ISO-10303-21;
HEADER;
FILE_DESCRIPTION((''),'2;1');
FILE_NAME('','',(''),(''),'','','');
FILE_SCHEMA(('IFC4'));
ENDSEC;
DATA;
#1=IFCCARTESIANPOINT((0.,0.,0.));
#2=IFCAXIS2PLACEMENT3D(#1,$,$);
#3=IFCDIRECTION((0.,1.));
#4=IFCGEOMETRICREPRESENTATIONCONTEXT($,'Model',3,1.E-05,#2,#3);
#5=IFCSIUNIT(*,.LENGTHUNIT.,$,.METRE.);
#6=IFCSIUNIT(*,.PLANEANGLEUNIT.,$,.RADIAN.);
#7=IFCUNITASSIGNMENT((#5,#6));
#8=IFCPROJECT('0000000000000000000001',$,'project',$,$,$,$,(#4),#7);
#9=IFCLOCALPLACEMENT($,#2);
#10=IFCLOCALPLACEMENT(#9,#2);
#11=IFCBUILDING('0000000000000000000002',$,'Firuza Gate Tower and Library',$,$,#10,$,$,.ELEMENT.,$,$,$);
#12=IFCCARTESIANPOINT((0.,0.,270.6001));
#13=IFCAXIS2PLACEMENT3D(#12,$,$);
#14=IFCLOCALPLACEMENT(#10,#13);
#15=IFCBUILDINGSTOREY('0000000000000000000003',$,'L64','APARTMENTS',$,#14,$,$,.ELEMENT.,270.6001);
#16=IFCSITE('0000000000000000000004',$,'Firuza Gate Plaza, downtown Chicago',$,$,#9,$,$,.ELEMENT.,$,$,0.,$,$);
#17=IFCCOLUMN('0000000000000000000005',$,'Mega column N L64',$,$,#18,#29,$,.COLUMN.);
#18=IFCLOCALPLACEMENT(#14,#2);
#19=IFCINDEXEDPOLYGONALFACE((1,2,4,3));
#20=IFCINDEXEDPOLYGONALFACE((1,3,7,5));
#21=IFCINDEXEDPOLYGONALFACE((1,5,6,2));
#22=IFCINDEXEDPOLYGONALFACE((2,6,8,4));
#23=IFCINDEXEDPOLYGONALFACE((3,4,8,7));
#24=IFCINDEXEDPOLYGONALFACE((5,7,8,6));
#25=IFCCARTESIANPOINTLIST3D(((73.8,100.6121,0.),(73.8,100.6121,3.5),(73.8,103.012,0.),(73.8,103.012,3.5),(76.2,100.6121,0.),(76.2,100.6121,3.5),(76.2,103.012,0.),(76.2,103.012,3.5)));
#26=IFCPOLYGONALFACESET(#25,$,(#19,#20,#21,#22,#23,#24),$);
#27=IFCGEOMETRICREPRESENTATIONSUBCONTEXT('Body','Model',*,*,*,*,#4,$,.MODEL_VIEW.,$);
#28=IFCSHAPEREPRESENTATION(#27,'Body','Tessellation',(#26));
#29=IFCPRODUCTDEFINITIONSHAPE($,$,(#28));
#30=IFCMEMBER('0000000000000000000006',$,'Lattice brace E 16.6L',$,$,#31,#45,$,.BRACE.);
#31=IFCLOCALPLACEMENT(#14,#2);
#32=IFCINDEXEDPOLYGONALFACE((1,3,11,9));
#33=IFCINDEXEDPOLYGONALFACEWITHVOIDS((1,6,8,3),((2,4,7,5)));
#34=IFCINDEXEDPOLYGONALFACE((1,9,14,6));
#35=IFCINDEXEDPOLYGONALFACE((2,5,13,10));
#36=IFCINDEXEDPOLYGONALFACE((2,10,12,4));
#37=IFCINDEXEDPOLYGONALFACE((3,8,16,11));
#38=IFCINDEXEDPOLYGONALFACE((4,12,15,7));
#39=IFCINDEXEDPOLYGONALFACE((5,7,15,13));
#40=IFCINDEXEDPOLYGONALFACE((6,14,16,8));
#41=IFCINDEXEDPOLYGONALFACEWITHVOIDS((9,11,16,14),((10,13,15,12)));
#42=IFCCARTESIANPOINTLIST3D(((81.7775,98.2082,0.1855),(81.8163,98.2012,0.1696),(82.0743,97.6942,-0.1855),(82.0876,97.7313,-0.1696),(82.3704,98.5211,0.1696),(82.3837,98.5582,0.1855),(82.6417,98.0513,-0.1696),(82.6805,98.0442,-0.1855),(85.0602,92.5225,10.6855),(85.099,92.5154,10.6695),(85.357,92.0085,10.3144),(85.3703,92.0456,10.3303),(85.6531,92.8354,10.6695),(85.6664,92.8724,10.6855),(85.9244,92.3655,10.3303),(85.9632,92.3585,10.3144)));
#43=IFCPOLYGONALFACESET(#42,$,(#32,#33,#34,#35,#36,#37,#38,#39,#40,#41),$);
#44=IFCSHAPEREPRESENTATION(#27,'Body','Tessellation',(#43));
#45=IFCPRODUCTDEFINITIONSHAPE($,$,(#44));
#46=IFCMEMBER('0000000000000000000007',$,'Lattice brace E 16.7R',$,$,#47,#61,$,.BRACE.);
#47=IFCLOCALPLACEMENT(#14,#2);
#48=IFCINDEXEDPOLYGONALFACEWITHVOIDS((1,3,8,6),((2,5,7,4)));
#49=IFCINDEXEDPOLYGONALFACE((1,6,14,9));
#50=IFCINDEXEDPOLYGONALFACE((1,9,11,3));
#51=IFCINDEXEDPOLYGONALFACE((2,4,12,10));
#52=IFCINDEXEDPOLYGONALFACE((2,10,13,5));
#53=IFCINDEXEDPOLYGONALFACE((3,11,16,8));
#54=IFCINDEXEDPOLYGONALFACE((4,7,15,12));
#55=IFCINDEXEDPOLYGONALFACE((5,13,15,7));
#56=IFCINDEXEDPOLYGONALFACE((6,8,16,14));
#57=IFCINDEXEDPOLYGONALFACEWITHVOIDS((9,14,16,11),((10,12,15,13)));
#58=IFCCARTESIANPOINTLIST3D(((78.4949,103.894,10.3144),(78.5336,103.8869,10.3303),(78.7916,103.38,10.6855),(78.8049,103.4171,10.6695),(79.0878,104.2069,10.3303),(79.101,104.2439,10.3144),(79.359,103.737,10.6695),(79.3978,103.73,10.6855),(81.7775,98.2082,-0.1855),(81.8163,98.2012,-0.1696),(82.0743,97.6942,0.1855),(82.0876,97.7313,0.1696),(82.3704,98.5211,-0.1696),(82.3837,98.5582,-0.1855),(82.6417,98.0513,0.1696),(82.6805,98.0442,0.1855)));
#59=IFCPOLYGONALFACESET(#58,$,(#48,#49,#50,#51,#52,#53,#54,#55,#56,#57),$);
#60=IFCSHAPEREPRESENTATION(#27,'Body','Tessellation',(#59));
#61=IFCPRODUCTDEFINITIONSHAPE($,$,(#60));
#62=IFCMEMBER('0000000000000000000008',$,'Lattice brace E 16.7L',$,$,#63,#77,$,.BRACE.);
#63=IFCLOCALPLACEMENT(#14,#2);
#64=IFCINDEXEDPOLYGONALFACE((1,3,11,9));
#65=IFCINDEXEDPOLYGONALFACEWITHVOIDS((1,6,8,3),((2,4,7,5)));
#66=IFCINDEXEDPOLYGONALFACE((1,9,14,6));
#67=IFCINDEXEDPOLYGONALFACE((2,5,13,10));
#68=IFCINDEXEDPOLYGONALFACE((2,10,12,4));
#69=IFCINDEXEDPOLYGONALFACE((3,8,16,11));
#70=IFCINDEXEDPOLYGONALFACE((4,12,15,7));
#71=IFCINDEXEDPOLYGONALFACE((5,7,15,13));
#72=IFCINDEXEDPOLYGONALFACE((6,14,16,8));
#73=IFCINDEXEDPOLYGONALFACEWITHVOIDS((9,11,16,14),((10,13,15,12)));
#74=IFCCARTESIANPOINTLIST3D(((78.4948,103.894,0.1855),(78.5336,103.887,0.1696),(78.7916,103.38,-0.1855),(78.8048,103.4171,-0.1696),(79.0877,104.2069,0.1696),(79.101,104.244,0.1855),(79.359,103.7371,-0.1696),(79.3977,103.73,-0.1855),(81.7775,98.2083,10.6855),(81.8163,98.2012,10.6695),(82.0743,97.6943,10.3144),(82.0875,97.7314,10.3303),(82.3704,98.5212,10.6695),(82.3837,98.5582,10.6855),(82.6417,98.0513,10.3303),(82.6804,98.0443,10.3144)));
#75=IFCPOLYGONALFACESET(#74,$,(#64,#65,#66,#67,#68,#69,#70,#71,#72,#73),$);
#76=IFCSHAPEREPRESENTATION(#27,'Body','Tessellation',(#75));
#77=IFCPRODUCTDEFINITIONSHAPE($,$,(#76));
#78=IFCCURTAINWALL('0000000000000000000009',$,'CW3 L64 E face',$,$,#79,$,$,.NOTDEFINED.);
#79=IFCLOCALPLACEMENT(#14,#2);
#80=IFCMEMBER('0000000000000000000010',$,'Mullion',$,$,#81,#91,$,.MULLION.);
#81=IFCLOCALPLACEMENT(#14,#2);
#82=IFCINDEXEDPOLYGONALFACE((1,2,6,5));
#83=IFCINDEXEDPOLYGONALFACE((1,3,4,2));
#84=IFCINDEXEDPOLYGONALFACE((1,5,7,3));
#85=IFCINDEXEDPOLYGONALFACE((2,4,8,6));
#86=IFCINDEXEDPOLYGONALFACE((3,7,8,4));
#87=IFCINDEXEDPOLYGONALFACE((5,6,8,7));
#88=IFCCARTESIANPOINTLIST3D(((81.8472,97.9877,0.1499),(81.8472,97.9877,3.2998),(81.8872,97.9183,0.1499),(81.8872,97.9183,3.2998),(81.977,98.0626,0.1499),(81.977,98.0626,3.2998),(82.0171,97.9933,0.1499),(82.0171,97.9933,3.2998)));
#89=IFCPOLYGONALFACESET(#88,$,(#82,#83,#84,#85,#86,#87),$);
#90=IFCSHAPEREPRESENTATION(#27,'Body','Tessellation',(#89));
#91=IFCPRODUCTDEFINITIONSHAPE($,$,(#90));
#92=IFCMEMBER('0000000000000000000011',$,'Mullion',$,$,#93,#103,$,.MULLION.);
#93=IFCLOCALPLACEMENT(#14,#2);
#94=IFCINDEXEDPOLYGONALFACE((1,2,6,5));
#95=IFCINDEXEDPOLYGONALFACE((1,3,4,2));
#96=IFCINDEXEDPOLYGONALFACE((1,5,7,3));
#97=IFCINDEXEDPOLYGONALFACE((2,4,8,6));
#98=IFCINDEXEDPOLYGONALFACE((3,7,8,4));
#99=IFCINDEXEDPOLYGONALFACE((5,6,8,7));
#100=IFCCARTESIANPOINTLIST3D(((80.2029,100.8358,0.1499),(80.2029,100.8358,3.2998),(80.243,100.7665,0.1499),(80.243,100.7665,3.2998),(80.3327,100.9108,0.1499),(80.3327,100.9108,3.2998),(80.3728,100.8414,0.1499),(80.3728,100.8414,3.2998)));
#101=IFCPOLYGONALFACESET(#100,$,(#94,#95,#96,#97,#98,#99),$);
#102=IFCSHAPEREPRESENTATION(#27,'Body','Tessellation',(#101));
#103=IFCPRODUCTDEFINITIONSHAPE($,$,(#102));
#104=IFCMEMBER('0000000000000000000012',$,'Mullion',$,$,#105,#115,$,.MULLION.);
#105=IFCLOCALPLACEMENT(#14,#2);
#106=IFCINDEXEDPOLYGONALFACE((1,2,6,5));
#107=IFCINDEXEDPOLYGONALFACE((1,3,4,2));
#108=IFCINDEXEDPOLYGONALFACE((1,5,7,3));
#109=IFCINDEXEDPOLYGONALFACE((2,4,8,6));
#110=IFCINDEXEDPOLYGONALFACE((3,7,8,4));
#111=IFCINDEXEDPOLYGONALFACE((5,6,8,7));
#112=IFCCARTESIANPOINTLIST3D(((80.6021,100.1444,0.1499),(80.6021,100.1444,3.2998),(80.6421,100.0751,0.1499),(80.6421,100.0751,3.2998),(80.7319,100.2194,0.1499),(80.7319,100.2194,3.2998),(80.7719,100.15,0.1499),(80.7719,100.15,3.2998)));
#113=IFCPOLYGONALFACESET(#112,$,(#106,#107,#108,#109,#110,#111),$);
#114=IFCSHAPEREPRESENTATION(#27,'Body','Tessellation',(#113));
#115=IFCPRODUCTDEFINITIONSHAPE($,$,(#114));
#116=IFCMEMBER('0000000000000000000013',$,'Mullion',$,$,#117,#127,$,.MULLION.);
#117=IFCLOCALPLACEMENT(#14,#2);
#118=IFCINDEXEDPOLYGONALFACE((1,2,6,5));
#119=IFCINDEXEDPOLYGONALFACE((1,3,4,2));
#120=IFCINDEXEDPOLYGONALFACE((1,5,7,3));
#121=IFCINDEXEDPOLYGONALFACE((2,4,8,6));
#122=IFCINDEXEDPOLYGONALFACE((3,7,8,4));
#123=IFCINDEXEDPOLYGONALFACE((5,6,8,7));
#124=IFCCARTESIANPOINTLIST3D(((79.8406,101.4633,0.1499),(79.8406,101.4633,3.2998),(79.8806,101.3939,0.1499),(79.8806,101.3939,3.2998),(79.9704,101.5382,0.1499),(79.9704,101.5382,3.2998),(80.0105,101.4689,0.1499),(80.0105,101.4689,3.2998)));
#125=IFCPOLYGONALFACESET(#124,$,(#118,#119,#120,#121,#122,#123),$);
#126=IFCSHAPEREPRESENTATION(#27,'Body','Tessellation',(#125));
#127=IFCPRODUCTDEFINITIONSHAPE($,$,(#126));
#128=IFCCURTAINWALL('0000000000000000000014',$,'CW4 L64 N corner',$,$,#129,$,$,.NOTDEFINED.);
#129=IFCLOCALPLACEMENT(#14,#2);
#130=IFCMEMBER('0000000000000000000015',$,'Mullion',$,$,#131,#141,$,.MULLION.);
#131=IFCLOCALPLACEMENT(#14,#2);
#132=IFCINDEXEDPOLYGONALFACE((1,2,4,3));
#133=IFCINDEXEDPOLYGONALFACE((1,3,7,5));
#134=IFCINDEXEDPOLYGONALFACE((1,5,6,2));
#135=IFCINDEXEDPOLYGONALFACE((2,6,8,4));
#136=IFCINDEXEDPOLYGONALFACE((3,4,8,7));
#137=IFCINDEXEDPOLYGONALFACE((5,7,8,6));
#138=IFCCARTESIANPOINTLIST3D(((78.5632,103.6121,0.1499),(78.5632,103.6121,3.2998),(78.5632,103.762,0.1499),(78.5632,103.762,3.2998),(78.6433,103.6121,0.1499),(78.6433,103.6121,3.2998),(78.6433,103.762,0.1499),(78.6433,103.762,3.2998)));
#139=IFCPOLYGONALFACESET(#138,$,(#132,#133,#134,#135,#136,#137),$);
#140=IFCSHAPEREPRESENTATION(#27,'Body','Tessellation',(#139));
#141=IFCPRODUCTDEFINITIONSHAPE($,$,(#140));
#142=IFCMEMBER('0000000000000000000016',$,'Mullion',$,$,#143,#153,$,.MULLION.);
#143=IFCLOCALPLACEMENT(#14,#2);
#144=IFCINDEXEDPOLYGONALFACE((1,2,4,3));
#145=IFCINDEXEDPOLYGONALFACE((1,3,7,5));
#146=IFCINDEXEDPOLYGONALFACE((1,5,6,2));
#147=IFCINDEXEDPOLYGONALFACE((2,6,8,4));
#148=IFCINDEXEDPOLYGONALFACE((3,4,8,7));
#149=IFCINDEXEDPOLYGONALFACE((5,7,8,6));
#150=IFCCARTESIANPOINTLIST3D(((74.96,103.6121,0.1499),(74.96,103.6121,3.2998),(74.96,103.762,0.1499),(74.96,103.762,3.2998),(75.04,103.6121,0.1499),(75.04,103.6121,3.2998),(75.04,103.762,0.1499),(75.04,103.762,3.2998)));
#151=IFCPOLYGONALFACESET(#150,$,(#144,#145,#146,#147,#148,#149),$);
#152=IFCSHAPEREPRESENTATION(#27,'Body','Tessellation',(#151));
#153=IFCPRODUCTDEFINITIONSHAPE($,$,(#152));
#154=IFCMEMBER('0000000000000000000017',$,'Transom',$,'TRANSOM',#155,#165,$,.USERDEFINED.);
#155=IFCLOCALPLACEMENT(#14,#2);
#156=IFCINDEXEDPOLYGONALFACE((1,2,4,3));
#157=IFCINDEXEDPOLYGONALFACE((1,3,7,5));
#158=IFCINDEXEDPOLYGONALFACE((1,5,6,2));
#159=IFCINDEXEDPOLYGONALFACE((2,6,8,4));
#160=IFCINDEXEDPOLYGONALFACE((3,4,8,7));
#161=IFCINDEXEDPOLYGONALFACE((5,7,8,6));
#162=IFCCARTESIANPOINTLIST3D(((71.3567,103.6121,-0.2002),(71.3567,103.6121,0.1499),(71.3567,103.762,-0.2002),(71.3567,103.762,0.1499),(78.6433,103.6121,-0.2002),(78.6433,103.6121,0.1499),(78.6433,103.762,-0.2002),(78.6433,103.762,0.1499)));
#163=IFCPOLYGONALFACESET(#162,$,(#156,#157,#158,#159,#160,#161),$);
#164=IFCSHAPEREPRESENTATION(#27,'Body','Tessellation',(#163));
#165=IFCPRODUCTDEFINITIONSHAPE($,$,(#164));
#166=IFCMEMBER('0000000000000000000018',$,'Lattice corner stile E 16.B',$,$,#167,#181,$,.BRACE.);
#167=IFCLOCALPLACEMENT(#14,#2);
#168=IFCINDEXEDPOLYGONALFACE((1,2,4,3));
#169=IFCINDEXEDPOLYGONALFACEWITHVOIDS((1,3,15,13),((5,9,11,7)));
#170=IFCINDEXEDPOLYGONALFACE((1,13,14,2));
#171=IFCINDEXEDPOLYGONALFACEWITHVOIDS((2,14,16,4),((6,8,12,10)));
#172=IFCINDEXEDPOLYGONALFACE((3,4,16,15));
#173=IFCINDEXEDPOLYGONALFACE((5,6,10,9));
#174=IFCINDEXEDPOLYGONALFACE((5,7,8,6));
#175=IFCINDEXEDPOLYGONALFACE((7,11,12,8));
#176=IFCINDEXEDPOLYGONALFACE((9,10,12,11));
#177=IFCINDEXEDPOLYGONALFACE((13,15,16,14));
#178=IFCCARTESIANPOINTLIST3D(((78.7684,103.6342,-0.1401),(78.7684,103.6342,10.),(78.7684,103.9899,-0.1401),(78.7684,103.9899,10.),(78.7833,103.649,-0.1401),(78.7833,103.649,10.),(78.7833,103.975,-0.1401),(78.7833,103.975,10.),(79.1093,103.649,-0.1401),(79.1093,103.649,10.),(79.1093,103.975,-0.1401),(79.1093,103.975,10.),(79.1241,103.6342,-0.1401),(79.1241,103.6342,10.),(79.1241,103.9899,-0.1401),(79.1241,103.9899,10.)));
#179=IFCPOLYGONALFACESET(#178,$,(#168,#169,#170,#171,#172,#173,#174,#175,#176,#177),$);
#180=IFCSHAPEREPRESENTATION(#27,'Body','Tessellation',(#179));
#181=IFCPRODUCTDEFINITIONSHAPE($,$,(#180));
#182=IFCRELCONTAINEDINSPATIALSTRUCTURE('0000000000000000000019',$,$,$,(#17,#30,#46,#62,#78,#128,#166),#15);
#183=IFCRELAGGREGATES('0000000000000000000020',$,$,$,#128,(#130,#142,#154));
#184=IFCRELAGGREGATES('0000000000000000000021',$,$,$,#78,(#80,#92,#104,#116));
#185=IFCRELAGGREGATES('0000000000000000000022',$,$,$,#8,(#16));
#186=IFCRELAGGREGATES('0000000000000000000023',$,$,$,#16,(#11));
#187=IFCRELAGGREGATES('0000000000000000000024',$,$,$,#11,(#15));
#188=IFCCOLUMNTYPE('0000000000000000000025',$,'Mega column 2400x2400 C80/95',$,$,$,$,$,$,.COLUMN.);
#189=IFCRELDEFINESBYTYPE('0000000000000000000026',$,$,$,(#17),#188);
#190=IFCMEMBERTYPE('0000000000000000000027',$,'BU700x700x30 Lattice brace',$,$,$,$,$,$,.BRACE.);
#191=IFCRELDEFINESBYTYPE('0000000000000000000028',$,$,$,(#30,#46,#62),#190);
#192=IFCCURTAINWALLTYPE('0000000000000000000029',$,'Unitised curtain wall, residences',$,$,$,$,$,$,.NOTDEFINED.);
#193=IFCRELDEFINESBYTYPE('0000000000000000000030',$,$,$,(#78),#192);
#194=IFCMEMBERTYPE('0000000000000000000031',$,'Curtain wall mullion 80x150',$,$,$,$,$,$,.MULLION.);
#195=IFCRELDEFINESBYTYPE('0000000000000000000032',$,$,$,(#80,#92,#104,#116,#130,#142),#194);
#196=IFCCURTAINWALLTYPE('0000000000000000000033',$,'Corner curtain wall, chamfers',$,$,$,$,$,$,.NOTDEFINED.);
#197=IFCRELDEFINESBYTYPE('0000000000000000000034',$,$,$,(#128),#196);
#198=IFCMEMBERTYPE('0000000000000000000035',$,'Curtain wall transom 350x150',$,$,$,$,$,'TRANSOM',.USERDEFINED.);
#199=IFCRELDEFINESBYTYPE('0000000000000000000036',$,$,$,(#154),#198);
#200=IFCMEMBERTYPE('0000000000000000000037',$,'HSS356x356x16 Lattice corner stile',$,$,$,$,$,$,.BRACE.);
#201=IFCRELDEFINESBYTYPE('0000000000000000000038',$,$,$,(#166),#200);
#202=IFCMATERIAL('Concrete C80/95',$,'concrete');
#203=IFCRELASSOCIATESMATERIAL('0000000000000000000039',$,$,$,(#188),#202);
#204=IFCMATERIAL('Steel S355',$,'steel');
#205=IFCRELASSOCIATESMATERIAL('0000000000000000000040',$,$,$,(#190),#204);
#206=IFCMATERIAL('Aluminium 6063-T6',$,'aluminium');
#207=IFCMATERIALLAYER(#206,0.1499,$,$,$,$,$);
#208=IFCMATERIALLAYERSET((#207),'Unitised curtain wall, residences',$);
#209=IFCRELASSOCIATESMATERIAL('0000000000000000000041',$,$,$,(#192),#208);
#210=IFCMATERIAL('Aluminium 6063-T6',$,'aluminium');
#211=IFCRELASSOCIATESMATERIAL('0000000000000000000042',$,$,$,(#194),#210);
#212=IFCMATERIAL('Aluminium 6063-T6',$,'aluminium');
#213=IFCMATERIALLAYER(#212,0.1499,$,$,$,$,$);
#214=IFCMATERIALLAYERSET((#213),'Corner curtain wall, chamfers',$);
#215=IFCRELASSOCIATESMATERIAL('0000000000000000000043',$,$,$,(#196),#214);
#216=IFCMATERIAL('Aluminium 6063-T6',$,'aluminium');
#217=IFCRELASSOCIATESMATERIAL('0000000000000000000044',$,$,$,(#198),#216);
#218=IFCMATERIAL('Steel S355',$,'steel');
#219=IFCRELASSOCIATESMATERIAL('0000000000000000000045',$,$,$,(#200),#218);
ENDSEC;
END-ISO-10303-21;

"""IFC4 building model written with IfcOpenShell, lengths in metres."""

from ifc_helpers import new_model, si_unit, direction, frame, origin, origin_2d, place, context, subcontext, project, spatial, rectangle, hollow_rectangle, extrude, material, layer, layer_set, material_profile, profile_set, type_object, element, aggregate, save


model = new_model("IFC4")

# Units and contexts
model_context = context("Model", 3, precision=1e-05, world=origin(), true_north=direction((0.0, 1.0)))
body_context = subcontext(model_context, "Body", "Model", "MODEL_VIEW")
ifc_project = project(units=[si_unit("LENGTHUNIT", "METRE"), si_unit("PLANEANGLEUNIT", "RADIAN")], contexts=[model_context])

# Site, building, storey
site_placement = place(None, origin())
site = spatial("IfcSite", under=ifc_project, at=site_placement, Name="Firuza Gate Plaza, downtown Chicago", CompositionType="ELEMENT", RefElevation=0.0)
building_placement = place(site_placement, origin())
building = spatial("IfcBuilding", under=site, at=building_placement, Name="Firuza Gate Tower and Library", CompositionType="ELEMENT")
storey_placement = place(building_placement, frame((0.0, 0.0, 270.6001)))
storey = spatial("IfcBuildingStorey", under=building, at=storey_placement, Name="L64", Description="APARTMENTS", CompositionType="ELEMENT", Elevation=270.6001)

# Column
ifc_material_1 = material(Name="Concrete C80/95", Category="concrete")
ifc_material_profile_1 = material_profile(ifc_material_1, rectangle(XDim=2.3999, YDim=2.3999, at=origin_2d()))
ifc_profile_set_1 = profile_set([ifc_material_profile_1], Name="Concrete C80/95")
column_type = type_object("IfcColumnType", Name="Mega column 2400x2400 C80/95", PredefinedType="COLUMN", material=ifc_profile_set_1)
column_placement = place(storey_placement, frame((75.0, 101.812, 0.0), z_axis=(0.0, 0.0, 1.0), x_axis=(-1.0, 0.0, 0.0)))
element("IfcColumn", 1, at=column_placement, inside=storey, type_object=column_type, Name="Mega column N L64", PredefinedType="COLUMN", context=body_context, shape_type="SweptSolid", body=[
    extrude(rectangle(XDim=2.3999, YDim=2.3999, at=origin_2d()), origin(), (0.0, 0.0, 1.0), 3.5),
])

# Members
ifc_material_2 = material(Name="Steel S355", Category="steel")
ifc_material_profile_2 = material_profile(ifc_material_2, hollow_rectangle(XDim=0.7, YDim=0.7, WallThickness=0.03, at=origin_2d()))
ifc_profile_set_2 = profile_set([ifc_material_profile_2], Name="Steel S355")
member_type_1 = type_object("IfcMemberType", Name="BU700x700x30 Lattice brace", PredefinedType="BRACE", material=ifc_profile_set_2)
for number, where, z_axis, x_axis, name in (
    (2, (82.229, 98.1262, 0.0), (0.265085, -0.459137, 0.847893), (0.866024, 0.500002, 0.0), "Lattice brace E 16.6L"),
    (3, (82.229, 98.1262, 0.0), (-0.265085, 0.459137, 0.847893), (-0.866024, -0.500002, 0.0), "Lattice brace E 16.7R"),
    (4, (78.9463, 103.812, 0.0), (0.265085, -0.459137, 0.847893), (0.866024, 0.500002, 0.0), "Lattice brace E 16.7L"),
):
    element("IfcMember", number, at=place(storey_placement, frame(where, z_axis=z_axis, x_axis=x_axis)), inside=storey, type_object=member_type_1, Name=name, PredefinedType="BRACE", context=body_context, shape_type="SweptSolid", body=[
        extrude(hollow_rectangle(XDim=0.7, YDim=0.7, WallThickness=0.03, at=origin_2d()), origin(), (0.0, 0.0, 1.0), 12.3835),
    ])

# Curtain walls, members
ifc_material_3 = material(Name="Aluminium 6063-T6", Category="aluminium")
ifc_layer_1 = layer(ifc_material_3, 0.1499)
ifc_layer_set_1 = layer_set([ifc_layer_1], Name="Unitised curtain wall, residences")
curtain_wall_type_1 = type_object("IfcCurtainWallType", Name="Unitised curtain wall, residences", PredefinedType="NOTDEFINED", material=ifc_layer_set_1)
placement = place(storey_placement, origin())
curtain_wall_1 = element("IfcCurtainWall", 5, at=placement, inside=storey, type_object=curtain_wall_type_1, Name="CW3 L64 E face", PredefinedType="NOTDEFINED")
ifc_material_4 = material(Name="Aluminium 6063-T6", Category="aluminium")
ifc_material_profile_3 = material_profile(ifc_material_4, rectangle(XDim=0.1499, YDim=0.0801, at=origin_2d()))
ifc_profile_set_3 = profile_set([ifc_material_profile_3], Name="Aluminium 6063-T6")
member_type_2 = type_object("IfcMemberType", Name="Curtain wall mullion 80x150", PredefinedType="MULLION", material=ifc_profile_set_3)
member_1_placement = place(storey_placement, frame((81.9321, 97.9905, 0.1499), z_axis=(0.0, 0.0, 1.0), x_axis=(-0.866025, -0.5, 0.0)))
member_1 = element("IfcMember", 6, at=member_1_placement, type_object=member_type_2, Name="Mullion", PredefinedType="MULLION", context=body_context, shape_type="SweptSolid", body=[
    extrude(rectangle(XDim=0.1499, YDim=0.0801, at=origin_2d()), origin(), (0.0, 0.0, 1.0), 3.1499),
])
member_2_placement = place(storey_placement, frame((80.2878, 100.8386, 0.1499), z_axis=(0.0, 0.0, 1.0), x_axis=(-0.866025, -0.5, 0.0)))
member_2 = element("IfcMember", 7, at=member_2_placement, type_object=member_type_2, Name="Mullion", PredefinedType="MULLION", context=body_context, shape_type="SweptSolid", body=[
    extrude(rectangle(XDim=0.1499, YDim=0.0801, at=origin_2d()), origin(), (0.0, 0.0, 1.0), 3.1499),
])
member_3_placement = place(storey_placement, frame((80.687, 100.1472, 0.1499), z_axis=(0.0, 0.0, 1.0), x_axis=(-0.866025, -0.5, 0.0)))
member_3 = element("IfcMember", 8, at=member_3_placement, type_object=member_type_2, Name="Mullion", PredefinedType="MULLION", context=body_context, shape_type="SweptSolid", body=[
    extrude(rectangle(XDim=0.1499, YDim=0.0801, at=origin_2d()), origin(), (0.0, 0.0, 1.0), 3.1499),
])
member_4_placement = place(storey_placement, frame((79.9255, 101.4661, 0.1499), z_axis=(0.0, 0.0, 1.0), x_axis=(-0.866025, -0.5, 0.0)))
member_4 = element("IfcMember", 9, at=member_4_placement, type_object=member_type_2, Name="Mullion", PredefinedType="MULLION", context=body_context, shape_type="SweptSolid", body=[
    extrude(rectangle(XDim=0.1499, YDim=0.0801, at=origin_2d()), origin(), (0.0, 0.0, 1.0), 3.1499),
])
ifc_material_5 = material(Name="Aluminium 6063-T6", Category="aluminium")
ifc_layer_2 = layer(ifc_material_5, 0.1499)
ifc_layer_set_2 = layer_set([ifc_layer_2], Name="Corner curtain wall, chamfers")
curtain_wall_type_2 = type_object("IfcCurtainWallType", Name="Corner curtain wall, chamfers", PredefinedType="NOTDEFINED", material=ifc_layer_set_2)
curtain_wall_2 = element("IfcCurtainWall", 10, at=placement, inside=storey, type_object=curtain_wall_type_2, Name="CW4 L64 N corner", PredefinedType="NOTDEFINED")
member_5_placement = place(storey_placement, frame((78.6033, 103.687, 0.1499), z_axis=(0.0, 0.0, 1.0), x_axis=(0.0, -1.0, 0.0)))
member_5 = element("IfcMember", 11, at=member_5_placement, type_object=member_type_2, Name="Mullion", PredefinedType="MULLION", context=body_context, shape_type="SweptSolid", body=[
    extrude(rectangle(XDim=0.1499, YDim=0.0801, at=origin_2d()), origin(), (0.0, 0.0, 1.0), 3.1499),
])
member_6_placement = place(storey_placement, frame((75.0, 103.687, 0.1499), z_axis=(0.0, 0.0, 1.0), x_axis=(0.0, -1.0, 0.0)))
member_6 = element("IfcMember", 12, at=member_6_placement, type_object=member_type_2, Name="Mullion", PredefinedType="MULLION", context=body_context, shape_type="SweptSolid", body=[
    extrude(rectangle(XDim=0.1499, YDim=0.0801, at=origin_2d()), origin(), (0.0, 0.0, 1.0), 3.1499),
])
ifc_material_6 = material(Name="Aluminium 6063-T6", Category="aluminium")
ifc_material_profile_4 = material_profile(ifc_material_6, rectangle(XDim=0.1499, YDim=0.3501, at=origin_2d()))
ifc_profile_set_4 = profile_set([ifc_material_profile_4], Name="Aluminium 6063-T6")
member_type_3 = type_object("IfcMemberType", Name="Curtain wall transom 350x150", ElementType="TRANSOM", PredefinedType="USERDEFINED", material=ifc_profile_set_4)
member_7_placement = place(storey_placement, frame((78.6433, 103.687, -0.0251), z_axis=(-1.0, 0.0, 0.0), x_axis=(0.0, -1.0, 0.0)))
member_7 = element("IfcMember", 13, at=member_7_placement, type_object=member_type_3, Name="Transom", ObjectType="TRANSOM", PredefinedType="USERDEFINED", context=body_context, shape_type="SweptSolid", body=[
    extrude(rectangle(XDim=0.1499, YDim=0.3501, at=origin_2d()), origin(), (0.0, 0.0, 1.0), 7.2866),
])

# Member
ifc_material_7 = material(Name="Steel S355", Category="steel")
ifc_material_profile_5 = material_profile(ifc_material_7, hollow_rectangle(XDim=0.3557, YDim=0.3557, WallThickness=0.0149, at=origin_2d()))
ifc_profile_set_5 = profile_set([ifc_material_profile_5], Name="Steel S355")
member_type_4 = type_object("IfcMemberType", Name="HSS356x356x16 Lattice corner stile", PredefinedType="BRACE", material=ifc_profile_set_5)
member_8_placement = place(storey_placement, frame((78.9463, 103.812, -0.1401), z_axis=(0.0, 0.0, 1.0), x_axis=(1.0, 0.0, 0.0)))
element("IfcMember", 14, at=member_8_placement, inside=storey, type_object=member_type_4, Name="Lattice corner stile E 16.B", PredefinedType="BRACE", context=body_context, shape_type="SweptSolid", body=[
    extrude(hollow_rectangle(XDim=0.3557, YDim=0.3557, WallThickness=0.0149, at=origin_2d()), origin(), (0.0, 0.0, 1.0), 10.1401),
])

aggregate(curtain_wall_2, [member_5, member_6, member_7])
aggregate(curtain_wall_1, [member_1, member_2, member_3, member_4])

save(model, "model.ifc")
